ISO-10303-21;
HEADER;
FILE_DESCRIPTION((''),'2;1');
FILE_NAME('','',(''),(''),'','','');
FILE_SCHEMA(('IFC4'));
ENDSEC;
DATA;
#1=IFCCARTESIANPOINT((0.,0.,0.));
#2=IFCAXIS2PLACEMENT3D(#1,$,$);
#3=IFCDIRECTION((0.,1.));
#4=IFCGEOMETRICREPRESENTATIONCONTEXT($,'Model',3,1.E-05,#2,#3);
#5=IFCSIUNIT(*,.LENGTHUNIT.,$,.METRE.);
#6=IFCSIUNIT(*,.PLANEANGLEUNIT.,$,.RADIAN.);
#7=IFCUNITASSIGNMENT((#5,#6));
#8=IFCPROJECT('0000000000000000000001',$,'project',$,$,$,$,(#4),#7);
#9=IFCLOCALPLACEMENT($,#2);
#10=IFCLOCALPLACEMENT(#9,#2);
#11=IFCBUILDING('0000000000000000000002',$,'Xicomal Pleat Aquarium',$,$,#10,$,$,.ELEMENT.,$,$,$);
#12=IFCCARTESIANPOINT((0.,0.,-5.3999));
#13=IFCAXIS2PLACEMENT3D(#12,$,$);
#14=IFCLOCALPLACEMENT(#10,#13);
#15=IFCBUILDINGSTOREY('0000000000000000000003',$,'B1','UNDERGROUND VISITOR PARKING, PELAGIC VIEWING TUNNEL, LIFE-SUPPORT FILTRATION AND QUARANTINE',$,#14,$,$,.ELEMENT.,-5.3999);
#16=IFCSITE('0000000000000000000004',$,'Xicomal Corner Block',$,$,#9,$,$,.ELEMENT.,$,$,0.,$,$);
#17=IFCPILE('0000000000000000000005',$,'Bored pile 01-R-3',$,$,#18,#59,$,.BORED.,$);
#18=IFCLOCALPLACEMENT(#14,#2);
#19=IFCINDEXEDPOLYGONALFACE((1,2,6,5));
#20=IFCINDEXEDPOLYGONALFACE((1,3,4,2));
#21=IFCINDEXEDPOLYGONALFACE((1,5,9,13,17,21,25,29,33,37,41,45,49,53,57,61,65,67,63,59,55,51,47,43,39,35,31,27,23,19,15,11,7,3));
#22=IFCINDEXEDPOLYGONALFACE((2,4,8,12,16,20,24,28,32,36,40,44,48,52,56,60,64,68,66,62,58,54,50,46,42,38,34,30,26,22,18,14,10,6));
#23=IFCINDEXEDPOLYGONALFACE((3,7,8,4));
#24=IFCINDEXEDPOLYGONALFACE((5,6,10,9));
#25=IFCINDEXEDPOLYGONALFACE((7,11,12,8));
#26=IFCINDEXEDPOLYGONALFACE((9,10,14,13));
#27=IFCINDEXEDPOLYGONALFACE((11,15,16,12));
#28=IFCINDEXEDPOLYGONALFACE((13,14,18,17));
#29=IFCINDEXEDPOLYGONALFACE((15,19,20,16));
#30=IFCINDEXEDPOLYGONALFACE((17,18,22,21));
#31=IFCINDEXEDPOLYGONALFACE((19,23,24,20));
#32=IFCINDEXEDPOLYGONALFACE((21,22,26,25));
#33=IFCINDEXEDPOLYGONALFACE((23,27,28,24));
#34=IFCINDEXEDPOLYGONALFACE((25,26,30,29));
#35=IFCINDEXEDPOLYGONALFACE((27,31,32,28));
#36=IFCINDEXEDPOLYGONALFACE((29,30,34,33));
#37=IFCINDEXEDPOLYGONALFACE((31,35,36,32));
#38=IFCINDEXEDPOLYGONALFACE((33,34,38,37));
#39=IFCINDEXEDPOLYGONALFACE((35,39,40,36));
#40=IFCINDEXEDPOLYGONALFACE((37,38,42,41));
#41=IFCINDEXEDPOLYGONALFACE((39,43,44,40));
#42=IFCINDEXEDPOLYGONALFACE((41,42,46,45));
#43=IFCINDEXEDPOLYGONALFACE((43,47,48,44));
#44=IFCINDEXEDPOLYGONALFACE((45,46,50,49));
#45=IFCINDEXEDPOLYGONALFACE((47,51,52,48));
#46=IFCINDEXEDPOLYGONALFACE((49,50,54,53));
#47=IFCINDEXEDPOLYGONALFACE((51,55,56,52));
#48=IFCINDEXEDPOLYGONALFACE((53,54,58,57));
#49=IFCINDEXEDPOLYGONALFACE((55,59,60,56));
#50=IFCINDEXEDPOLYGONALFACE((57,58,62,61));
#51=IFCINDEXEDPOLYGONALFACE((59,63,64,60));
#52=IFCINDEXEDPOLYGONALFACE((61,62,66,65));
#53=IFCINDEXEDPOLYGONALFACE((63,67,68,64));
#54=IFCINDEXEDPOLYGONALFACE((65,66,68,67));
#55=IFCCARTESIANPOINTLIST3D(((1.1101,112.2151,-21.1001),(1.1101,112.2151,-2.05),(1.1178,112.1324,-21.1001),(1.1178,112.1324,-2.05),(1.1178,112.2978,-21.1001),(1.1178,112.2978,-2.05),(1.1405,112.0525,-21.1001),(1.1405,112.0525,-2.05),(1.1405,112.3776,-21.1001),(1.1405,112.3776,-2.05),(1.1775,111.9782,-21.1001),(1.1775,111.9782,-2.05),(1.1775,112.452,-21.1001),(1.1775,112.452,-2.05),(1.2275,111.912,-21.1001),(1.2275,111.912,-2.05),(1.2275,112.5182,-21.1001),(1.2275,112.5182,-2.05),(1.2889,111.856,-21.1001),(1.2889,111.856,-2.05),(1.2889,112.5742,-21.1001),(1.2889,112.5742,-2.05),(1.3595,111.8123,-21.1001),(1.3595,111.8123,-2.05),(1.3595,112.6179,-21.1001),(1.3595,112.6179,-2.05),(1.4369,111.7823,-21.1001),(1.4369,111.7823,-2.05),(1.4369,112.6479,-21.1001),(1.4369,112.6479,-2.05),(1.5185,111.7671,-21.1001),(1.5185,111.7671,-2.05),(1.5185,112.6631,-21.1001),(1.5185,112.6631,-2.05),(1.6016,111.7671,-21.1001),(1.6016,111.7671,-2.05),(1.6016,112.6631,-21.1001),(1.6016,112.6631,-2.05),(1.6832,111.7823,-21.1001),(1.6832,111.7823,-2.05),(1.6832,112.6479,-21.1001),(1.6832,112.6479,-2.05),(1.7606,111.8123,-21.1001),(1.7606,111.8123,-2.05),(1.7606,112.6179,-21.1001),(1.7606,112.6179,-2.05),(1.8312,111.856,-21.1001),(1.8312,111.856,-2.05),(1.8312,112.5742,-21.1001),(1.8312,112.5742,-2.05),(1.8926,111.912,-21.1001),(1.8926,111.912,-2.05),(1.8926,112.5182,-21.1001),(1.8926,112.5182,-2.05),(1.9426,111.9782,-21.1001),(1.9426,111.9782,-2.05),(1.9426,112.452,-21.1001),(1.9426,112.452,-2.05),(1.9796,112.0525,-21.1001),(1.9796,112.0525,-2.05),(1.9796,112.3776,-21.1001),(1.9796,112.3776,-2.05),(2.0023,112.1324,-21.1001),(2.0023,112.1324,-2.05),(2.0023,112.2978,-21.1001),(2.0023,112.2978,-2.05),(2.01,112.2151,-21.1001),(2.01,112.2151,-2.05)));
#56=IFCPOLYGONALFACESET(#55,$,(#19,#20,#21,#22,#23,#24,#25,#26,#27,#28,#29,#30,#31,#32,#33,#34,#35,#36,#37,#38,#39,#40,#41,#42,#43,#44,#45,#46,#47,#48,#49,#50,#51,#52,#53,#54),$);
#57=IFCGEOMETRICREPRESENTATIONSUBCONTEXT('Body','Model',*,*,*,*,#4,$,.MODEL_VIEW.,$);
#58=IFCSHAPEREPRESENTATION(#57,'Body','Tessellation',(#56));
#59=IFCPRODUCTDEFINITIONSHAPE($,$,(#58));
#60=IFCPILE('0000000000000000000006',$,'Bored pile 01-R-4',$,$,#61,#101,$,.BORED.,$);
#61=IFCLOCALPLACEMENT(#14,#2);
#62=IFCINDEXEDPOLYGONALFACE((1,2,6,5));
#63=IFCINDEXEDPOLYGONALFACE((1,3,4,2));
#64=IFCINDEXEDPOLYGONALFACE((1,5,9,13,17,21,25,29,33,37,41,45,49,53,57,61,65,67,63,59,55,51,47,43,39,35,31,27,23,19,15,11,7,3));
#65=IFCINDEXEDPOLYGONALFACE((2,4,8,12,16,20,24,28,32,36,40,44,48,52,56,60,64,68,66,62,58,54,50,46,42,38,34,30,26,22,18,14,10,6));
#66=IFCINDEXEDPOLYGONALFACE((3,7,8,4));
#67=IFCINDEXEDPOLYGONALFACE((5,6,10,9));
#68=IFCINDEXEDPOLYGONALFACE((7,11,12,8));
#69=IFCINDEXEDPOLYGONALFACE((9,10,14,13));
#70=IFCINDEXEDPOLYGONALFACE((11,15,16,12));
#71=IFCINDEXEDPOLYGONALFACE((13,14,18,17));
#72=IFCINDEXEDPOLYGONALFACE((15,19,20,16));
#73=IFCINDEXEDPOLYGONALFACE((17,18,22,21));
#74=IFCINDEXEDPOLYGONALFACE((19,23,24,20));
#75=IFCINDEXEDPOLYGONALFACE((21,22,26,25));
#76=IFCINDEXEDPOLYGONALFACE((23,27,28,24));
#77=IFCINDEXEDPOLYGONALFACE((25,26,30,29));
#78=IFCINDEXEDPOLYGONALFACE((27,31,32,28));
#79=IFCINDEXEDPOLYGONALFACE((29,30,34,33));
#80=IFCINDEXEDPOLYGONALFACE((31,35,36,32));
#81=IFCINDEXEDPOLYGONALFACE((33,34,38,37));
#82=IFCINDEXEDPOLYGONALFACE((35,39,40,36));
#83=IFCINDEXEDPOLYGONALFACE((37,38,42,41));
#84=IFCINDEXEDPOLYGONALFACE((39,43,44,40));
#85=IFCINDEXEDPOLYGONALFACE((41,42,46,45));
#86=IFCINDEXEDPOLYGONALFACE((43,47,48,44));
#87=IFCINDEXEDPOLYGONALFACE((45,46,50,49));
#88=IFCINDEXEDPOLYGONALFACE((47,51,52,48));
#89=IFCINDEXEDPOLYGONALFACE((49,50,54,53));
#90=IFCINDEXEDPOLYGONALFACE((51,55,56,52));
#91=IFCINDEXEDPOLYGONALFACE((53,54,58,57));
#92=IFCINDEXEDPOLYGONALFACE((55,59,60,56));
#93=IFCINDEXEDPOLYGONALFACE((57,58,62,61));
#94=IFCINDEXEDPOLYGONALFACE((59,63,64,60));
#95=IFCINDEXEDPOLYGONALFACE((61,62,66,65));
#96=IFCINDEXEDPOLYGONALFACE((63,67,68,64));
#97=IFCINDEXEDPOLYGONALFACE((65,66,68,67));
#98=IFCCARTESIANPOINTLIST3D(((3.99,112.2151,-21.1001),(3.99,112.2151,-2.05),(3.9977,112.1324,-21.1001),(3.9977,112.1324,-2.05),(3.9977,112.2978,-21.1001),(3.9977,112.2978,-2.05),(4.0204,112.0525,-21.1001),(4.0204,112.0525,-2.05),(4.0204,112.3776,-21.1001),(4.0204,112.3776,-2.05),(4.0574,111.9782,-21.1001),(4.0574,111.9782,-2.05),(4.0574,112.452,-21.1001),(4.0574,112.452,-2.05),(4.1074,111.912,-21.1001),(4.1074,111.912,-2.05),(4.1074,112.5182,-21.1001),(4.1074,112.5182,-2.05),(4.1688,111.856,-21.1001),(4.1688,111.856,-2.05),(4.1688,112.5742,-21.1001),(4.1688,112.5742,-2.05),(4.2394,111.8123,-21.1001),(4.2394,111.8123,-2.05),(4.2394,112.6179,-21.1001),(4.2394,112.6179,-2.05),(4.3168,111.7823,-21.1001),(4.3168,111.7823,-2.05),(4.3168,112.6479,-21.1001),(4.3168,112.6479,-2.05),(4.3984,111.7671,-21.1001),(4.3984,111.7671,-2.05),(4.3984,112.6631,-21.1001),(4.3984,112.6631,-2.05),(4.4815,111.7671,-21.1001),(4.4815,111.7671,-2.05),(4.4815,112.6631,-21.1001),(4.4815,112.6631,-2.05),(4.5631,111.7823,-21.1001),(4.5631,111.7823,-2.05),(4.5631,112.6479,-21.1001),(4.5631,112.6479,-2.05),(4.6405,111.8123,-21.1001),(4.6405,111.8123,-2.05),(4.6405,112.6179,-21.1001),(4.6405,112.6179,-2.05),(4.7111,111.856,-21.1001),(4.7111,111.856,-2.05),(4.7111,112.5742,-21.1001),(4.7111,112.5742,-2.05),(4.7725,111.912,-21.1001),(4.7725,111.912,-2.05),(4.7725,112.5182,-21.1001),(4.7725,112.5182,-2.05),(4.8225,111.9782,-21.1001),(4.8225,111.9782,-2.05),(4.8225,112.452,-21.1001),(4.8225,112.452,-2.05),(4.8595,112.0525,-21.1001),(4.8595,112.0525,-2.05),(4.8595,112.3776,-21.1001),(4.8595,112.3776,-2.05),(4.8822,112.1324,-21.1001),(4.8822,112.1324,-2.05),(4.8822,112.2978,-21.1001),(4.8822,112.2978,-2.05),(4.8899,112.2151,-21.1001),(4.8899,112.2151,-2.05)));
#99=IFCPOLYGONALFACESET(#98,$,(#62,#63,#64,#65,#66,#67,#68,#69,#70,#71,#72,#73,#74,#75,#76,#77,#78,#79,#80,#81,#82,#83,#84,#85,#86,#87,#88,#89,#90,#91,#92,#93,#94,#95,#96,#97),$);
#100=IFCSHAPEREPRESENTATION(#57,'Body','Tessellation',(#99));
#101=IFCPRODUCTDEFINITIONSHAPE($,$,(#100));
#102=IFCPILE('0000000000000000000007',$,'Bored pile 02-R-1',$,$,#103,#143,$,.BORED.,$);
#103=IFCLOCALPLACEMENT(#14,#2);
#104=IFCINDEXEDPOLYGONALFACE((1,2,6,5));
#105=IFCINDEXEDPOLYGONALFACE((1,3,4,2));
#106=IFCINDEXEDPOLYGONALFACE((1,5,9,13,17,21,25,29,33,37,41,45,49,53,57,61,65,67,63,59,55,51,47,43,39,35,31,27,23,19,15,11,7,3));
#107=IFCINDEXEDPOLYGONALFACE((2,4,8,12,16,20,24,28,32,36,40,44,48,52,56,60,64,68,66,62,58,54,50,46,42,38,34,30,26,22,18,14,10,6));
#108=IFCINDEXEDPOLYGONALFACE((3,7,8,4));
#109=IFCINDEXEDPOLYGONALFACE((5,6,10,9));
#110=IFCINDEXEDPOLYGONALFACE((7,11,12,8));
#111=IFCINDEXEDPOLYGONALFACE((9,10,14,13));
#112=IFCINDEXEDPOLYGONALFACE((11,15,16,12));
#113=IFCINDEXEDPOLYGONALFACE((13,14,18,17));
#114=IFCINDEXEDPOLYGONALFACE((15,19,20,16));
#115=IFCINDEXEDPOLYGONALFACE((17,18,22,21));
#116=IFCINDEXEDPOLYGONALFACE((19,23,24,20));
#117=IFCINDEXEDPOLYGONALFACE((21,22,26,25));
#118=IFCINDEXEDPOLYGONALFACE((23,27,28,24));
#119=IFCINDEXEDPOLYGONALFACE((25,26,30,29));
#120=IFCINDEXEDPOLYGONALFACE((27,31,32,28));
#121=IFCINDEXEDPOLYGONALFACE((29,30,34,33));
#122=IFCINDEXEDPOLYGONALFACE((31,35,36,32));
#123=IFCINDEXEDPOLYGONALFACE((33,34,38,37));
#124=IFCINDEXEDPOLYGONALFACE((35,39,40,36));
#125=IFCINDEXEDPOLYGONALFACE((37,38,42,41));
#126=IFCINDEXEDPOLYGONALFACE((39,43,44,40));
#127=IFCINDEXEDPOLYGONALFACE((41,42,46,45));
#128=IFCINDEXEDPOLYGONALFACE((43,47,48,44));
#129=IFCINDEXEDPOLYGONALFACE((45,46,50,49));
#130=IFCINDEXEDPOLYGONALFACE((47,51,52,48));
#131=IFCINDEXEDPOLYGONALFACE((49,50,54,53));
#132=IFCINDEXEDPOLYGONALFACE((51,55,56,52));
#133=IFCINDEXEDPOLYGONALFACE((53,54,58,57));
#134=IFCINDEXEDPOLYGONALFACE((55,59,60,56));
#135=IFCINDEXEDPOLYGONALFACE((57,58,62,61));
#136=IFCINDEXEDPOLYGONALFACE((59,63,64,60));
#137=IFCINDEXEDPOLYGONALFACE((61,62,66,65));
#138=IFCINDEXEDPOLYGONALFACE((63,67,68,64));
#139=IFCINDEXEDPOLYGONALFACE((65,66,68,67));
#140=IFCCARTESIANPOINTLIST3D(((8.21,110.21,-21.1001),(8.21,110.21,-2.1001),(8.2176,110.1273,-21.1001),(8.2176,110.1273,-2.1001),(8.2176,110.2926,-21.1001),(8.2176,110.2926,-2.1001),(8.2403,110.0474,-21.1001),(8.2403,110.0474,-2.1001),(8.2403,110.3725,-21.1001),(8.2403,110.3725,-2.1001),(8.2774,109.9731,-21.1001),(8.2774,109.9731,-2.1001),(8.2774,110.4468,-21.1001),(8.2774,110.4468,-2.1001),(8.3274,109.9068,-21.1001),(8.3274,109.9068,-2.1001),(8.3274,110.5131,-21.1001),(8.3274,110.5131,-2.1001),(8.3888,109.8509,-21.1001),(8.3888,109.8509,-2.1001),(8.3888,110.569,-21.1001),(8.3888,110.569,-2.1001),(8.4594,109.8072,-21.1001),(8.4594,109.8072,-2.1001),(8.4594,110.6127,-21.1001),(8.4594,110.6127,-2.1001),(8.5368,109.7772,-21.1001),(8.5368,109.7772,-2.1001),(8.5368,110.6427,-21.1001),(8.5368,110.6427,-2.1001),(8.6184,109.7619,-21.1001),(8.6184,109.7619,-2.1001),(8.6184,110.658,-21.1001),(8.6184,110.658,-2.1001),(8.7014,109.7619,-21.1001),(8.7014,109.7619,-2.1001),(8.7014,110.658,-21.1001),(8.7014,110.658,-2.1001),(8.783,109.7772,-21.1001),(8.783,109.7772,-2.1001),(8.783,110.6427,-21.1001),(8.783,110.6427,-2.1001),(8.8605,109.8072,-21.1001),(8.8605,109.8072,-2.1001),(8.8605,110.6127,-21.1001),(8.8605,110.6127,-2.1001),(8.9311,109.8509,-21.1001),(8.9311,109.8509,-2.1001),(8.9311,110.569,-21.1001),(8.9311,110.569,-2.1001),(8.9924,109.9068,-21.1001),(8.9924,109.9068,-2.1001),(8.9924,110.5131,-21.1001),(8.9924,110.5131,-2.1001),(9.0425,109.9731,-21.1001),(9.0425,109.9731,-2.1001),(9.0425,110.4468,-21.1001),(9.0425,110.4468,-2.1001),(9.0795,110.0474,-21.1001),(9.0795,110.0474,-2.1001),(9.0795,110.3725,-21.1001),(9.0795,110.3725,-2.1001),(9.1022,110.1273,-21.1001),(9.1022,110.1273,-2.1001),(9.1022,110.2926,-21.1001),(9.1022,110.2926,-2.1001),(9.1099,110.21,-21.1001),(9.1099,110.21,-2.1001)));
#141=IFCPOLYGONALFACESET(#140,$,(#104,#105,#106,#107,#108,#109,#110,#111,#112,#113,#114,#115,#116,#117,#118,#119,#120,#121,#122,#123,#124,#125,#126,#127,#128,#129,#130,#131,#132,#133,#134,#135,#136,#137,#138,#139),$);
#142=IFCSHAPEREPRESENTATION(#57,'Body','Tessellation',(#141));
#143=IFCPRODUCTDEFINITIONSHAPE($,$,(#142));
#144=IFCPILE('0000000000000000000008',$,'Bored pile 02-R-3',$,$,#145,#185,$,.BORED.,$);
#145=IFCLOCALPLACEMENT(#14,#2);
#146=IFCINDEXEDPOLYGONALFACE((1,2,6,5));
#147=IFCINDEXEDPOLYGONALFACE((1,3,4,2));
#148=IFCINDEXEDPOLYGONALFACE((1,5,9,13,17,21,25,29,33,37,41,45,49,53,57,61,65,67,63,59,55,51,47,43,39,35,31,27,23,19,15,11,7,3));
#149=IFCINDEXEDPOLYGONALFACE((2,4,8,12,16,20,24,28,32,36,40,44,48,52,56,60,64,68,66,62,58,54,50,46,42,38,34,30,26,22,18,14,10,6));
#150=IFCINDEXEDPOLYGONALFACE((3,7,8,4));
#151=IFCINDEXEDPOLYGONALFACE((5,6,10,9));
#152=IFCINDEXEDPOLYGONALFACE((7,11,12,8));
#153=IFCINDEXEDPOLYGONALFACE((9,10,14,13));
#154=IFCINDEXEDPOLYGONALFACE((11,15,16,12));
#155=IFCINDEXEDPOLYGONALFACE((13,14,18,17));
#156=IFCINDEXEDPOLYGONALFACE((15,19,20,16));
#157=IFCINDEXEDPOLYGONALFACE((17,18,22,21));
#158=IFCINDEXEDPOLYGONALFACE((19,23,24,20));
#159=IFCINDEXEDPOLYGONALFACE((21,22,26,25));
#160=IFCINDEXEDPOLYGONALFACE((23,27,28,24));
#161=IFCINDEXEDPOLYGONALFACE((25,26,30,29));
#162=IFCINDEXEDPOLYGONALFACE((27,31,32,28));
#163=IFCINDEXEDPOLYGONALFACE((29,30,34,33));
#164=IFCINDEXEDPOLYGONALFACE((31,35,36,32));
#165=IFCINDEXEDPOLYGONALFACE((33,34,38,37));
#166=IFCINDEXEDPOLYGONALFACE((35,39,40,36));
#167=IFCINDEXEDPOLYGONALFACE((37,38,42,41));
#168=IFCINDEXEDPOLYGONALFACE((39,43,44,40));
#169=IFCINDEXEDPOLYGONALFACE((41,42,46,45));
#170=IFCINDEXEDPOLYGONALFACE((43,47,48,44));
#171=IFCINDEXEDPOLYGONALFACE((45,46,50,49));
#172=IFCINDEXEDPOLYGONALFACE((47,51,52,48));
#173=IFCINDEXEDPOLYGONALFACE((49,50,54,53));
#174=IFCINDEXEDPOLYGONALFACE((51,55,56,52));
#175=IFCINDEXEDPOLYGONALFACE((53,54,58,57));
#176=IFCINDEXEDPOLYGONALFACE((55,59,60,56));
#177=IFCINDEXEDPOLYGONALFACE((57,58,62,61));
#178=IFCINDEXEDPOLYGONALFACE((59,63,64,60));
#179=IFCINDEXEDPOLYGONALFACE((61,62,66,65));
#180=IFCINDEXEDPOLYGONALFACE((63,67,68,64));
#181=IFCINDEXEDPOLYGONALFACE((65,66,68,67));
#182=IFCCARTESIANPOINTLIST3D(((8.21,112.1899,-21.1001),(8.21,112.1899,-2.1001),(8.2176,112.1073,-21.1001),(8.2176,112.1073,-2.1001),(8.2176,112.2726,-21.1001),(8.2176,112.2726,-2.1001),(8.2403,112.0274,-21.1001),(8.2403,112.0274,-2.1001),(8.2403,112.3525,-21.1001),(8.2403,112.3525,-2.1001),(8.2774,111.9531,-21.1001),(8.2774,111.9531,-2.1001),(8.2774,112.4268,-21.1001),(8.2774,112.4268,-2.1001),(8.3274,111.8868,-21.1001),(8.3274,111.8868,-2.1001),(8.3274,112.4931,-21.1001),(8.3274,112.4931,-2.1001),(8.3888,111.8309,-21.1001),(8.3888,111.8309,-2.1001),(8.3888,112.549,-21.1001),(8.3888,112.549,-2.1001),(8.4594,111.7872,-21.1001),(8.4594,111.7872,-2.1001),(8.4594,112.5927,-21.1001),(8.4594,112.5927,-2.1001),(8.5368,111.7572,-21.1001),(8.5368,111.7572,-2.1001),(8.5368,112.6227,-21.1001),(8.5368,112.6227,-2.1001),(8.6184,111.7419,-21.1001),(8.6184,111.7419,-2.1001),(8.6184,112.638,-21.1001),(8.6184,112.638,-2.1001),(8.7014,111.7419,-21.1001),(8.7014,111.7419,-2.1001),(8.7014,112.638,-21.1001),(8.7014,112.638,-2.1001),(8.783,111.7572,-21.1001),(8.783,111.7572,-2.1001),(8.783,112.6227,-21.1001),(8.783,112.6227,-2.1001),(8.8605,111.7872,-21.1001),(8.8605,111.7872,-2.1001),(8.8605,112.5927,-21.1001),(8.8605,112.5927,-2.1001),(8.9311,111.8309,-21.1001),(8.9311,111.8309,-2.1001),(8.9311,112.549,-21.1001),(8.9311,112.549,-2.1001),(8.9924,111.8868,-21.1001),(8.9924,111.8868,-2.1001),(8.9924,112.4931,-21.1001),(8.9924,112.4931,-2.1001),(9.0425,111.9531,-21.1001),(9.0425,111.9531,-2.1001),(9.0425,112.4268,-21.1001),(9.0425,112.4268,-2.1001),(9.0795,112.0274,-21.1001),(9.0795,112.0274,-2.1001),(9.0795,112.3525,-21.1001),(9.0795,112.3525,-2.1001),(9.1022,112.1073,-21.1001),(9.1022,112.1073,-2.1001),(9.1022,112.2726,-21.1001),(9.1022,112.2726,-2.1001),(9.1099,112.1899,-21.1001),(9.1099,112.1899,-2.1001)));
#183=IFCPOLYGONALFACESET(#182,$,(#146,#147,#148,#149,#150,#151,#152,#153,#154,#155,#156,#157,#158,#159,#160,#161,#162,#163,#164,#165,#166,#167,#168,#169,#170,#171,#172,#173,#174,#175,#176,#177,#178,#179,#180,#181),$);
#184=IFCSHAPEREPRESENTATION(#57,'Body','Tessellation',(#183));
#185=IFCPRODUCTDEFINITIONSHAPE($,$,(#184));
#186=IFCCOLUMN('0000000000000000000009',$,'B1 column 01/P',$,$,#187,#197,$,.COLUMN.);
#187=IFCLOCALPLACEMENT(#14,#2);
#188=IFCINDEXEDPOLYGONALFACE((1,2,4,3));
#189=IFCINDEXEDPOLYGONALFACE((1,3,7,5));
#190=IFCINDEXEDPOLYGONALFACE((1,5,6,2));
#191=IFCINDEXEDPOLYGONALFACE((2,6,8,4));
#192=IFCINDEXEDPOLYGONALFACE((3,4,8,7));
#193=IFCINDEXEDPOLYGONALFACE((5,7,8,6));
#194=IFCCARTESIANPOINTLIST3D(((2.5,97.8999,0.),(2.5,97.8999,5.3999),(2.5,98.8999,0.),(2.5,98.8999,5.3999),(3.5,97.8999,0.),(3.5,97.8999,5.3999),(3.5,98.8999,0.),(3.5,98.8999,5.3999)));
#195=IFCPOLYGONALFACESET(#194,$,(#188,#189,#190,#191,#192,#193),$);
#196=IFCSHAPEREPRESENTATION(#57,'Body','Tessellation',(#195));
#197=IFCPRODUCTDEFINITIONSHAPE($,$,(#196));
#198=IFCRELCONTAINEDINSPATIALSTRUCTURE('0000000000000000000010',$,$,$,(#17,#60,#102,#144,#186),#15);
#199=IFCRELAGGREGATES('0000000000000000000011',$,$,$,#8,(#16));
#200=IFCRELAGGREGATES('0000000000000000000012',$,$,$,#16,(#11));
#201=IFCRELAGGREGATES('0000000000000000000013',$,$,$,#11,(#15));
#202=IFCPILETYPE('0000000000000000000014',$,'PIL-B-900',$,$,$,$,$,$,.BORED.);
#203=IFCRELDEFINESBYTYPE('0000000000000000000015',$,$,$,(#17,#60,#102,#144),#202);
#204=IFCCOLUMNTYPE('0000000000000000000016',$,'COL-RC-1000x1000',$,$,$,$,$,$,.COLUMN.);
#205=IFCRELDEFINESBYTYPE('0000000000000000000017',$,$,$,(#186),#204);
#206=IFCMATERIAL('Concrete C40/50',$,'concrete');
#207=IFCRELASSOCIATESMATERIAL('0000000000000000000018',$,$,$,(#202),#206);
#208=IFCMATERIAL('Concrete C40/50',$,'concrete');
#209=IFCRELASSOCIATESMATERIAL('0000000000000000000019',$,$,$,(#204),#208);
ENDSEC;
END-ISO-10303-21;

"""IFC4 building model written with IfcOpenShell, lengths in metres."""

from ifc_helpers import new_model, si_unit, direction, frame, origin, origin_2d, place, context, subcontext, project, spatial, rectangle, circle, extrude, material, material_profile, profile_set, type_object, element, save


model = new_model("IFC4")

# Units and contexts
model_context = context("Model", 3, precision=1e-05, world=origin(), true_north=direction((0.0, 1.0)))
body_context = subcontext(model_context, "Body", "Model", "MODEL_VIEW")
ifc_project = project(units=[si_unit("LENGTHUNIT", "METRE"), si_unit("PLANEANGLEUNIT", "RADIAN")], contexts=[model_context])

# Site, building, storey
site_placement = place(None, origin())
site = spatial("IfcSite", under=ifc_project, at=site_placement, Name="Xicomal Corner Block", CompositionType="ELEMENT", RefElevation=0.0)
building_placement = place(site_placement, origin())
building = spatial("IfcBuilding", under=site, at=building_placement, Name="Xicomal Pleat Aquarium", CompositionType="ELEMENT")
storey_placement = place(building_placement, frame((0.0, 0.0, -5.3999)))
storey = spatial("IfcBuildingStorey", under=building, at=storey_placement, Name="B1", Description="UNDERGROUND VISITOR PARKING, PELAGIC VIEWING TUNNEL, LIFE-SUPPORT FILTRATION AND QUARANTINE", CompositionType="ELEMENT", Elevation=-5.3999)

# Piles
ifc_material_1 = material(Name="Concrete C40/50", Category="concrete")
ifc_material_profile_1 = material_profile(ifc_material_1, circle(Radius=0.45, at=origin_2d()), Name="BORED PILE D900")
ifc_profile_set_1 = profile_set([ifc_material_profile_1], Name="Concrete C40/50")
pile_type_1 = type_object("IfcPileType", Name="PIL-B-900", PredefinedType="BORED", material=ifc_profile_set_1)
for number, where, z_axis, x_axis, name in (
    (1, (1.5601, 112.2151, -2.05), (0.0, 0.0, -1.0), (1.0, 0.0, 0.0), "Bored pile 01-R-3"),
    (2, (4.4399, 112.2151, -2.05), (0.0, 0.0, -1.0), (1.0, 0.0, 0.0), "Bored pile 01-R-4"),
):
    element("IfcPile", number, at=place(storey_placement, frame(where, z_axis=z_axis, x_axis=x_axis)), inside=storey, type_object=pile_type_1, Name=name, PredefinedType="BORED", context=body_context, shape_type="SweptSolid", body=[
        extrude(circle(Radius=0.45, at=origin_2d()), origin(), (0.0, 0.0, 1.0), 19.05),
    ])
for number, where, z_axis, x_axis, name in (
    (3, (8.6599, 110.21, -2.1001), (0.0, 0.0, -1.0), (1.0, 0.0, 0.0), "Bored pile 02-R-1"),
    (4, (8.6599, 112.1899, -2.1001), (0.0, 0.0, -1.0), (1.0, 0.0, 0.0), "Bored pile 02-R-3"),
):
    element("IfcPile", number, at=place(storey_placement, frame(where, z_axis=z_axis, x_axis=x_axis)), inside=storey, type_object=pile_type_1, Name=name, PredefinedType="BORED", context=body_context, shape_type="SweptSolid", body=[
        extrude(circle(Radius=0.45, at=origin_2d()), origin(), (0.0, 0.0, 1.0), 19.0),
    ])

# Column
ifc_material_2 = material(Name="Concrete C40/50", Category="concrete")
ifc_material_profile_2 = material_profile(ifc_material_2, rectangle(XDim=1.0, YDim=1.0, at=origin_2d()), Name="RC 1000x1000")
ifc_profile_set_2 = profile_set([ifc_material_profile_2], Name="Concrete C40/50")
column_type = type_object("IfcColumnType", Name="COL-RC-1000x1000", PredefinedType="COLUMN", material=ifc_profile_set_2)
column_1_placement = place(storey_placement, frame((3.0, 98.3999, 0.0), z_axis=(0.0, 0.0, 1.0), x_axis=(1.0, 0.0, 0.0)))
element("IfcColumn", 5, at=column_1_placement, inside=storey, type_object=column_type, Name="B1 column 01/P", PredefinedType="COLUMN", context=body_context, shape_type="SweptSolid", body=[
    extrude(rectangle(XDim=1.0, YDim=1.0, at=origin_2d()), origin(), (0.0, 0.0, 1.0), 5.3999),
])

save(model, "model.ifc")
